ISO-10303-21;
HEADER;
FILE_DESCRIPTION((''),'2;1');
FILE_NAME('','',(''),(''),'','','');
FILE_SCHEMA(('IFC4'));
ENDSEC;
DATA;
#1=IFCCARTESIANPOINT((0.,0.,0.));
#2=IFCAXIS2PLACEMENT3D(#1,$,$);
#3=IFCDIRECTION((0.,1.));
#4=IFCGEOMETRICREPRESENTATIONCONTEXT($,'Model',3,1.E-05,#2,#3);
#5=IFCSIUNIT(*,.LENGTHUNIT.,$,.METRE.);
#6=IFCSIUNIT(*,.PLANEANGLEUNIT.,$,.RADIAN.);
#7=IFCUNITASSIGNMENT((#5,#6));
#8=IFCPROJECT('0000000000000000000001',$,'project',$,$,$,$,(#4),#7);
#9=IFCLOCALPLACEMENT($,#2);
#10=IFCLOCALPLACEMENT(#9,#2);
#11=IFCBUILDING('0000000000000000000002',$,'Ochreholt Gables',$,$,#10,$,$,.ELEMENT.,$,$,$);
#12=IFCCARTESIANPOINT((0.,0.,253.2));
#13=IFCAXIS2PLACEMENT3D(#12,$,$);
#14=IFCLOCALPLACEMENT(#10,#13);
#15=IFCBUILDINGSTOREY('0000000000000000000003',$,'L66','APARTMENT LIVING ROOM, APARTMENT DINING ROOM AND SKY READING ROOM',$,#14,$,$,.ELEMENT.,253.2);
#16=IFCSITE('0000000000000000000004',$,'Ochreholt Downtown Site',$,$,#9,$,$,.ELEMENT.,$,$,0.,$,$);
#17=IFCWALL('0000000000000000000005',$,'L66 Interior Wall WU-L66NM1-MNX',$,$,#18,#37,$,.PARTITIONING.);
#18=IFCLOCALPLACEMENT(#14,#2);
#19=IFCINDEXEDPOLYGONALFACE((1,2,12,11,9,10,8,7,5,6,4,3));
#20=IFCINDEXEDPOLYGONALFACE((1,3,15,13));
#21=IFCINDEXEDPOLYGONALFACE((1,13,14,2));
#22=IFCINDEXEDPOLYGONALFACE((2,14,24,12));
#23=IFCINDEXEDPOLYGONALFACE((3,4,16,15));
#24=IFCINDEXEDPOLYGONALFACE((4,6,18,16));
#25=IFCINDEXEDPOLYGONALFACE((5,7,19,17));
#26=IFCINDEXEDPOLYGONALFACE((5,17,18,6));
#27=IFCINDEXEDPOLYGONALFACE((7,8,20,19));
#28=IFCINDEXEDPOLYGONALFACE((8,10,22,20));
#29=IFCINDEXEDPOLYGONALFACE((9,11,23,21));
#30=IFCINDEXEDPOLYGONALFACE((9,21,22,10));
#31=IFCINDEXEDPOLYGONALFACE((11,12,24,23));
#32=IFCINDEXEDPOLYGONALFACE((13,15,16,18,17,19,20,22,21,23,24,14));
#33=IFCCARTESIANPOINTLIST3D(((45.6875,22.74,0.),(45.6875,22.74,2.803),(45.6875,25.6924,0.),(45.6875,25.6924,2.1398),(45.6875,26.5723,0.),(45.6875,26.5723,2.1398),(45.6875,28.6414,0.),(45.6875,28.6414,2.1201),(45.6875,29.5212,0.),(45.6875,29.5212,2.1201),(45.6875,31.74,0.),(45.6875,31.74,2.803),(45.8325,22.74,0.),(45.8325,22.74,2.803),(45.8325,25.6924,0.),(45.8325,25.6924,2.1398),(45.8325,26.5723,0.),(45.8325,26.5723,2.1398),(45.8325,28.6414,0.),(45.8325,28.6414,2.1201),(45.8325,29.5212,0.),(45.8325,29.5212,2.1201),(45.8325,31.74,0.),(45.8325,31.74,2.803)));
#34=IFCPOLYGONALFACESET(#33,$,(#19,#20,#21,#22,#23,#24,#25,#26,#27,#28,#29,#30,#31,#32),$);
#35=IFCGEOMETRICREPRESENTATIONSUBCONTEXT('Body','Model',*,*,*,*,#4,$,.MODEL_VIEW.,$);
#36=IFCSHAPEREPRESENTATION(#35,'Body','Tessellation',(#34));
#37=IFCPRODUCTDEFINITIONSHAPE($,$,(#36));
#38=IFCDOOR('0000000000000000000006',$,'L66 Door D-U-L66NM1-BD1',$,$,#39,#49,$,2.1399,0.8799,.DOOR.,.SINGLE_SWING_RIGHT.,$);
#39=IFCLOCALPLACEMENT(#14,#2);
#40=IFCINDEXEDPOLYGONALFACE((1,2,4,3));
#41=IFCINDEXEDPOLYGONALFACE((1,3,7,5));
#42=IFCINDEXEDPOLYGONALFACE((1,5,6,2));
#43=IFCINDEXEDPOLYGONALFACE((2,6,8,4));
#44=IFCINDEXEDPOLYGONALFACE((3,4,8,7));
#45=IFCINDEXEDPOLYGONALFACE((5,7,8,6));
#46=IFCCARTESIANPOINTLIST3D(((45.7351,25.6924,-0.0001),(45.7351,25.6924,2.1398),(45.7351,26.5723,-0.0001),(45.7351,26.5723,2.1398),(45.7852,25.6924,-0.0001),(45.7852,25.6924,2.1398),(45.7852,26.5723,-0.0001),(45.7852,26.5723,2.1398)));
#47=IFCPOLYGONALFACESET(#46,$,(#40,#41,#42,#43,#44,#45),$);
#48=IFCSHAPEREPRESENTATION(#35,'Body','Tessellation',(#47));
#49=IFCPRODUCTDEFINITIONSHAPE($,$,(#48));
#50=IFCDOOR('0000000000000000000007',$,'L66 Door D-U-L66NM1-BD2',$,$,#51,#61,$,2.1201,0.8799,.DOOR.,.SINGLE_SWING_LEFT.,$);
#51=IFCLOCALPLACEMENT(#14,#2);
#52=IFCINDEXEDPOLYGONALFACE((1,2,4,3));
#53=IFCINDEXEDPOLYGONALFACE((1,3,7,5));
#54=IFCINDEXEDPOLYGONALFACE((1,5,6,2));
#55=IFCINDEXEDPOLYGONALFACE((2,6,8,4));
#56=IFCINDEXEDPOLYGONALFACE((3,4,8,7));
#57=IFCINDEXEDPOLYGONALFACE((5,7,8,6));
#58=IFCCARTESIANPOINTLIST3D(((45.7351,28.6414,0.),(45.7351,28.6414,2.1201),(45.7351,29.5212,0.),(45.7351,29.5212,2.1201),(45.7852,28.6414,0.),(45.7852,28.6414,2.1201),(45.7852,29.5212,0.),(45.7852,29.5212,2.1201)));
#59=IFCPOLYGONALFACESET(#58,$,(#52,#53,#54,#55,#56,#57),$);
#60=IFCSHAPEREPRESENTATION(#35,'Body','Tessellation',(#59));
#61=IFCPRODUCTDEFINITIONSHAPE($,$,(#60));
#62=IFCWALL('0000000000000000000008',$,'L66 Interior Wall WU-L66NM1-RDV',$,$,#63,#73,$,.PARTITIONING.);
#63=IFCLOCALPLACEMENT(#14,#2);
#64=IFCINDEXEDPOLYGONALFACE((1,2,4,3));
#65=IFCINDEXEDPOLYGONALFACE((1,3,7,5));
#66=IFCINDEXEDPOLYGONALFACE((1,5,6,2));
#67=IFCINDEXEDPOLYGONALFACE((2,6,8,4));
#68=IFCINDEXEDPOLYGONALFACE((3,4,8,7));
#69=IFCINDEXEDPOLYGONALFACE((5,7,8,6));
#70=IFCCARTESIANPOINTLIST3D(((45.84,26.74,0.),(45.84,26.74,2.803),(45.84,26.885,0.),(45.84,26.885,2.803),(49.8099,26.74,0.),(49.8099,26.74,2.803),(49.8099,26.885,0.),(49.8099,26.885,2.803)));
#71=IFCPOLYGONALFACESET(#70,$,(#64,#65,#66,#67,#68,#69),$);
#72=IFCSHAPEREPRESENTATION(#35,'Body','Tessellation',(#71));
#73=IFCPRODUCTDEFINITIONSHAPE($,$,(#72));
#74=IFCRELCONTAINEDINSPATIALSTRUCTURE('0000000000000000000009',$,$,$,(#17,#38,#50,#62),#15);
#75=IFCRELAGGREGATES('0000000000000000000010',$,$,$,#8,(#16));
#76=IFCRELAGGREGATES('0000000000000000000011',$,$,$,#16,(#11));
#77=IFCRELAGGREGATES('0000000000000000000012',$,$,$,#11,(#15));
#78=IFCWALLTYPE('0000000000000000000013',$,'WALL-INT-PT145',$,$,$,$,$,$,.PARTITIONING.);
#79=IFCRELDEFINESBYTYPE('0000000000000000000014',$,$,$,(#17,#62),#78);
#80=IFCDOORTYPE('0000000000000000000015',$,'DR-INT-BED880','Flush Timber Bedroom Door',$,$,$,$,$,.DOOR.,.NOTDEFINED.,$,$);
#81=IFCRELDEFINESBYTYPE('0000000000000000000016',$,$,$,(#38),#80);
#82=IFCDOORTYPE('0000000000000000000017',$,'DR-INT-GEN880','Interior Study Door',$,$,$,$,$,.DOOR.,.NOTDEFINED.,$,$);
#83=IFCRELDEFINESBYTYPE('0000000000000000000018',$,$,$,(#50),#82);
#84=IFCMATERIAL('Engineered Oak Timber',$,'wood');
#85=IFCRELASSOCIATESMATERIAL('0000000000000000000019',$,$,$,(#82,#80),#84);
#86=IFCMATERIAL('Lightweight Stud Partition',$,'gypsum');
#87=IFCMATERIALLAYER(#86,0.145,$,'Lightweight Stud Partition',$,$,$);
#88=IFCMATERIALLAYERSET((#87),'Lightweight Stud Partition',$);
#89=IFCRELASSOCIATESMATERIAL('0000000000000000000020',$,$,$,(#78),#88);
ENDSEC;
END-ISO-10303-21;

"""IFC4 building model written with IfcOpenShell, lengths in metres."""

from ifc_helpers import new_model, si_unit, direction, frame, frame_2d, origin, place, context, subcontext, project, spatial, rectangle, extrude, material, layer, layer_set, type_object, element, fill, save


model = new_model("IFC4")

# Units and contexts
model_context = context("Model", 3, precision=1e-05, world=origin(), true_north=direction((0.0, 1.0)))
body_context = subcontext(model_context, "Body", "Model", "MODEL_VIEW")
ifc_project = project(units=[si_unit("LENGTHUNIT", "METRE"), si_unit("PLANEANGLEUNIT", "RADIAN")], contexts=[model_context])

# Site, building, storey
site_placement = place(None, origin())
site = spatial("IfcSite", under=ifc_project, at=site_placement, Name="Ochreholt Downtown Site", CompositionType="ELEMENT", RefElevation=0.0)
building_placement = place(site_placement, origin())
building = spatial("IfcBuilding", under=site, at=building_placement, Name="Ochreholt Gables", CompositionType="ELEMENT")
storey_placement = place(building_placement, frame((0.0, 0.0, 253.2)))
storey = spatial("IfcBuildingStorey", under=building, at=storey_placement, Name="L66", Description="APARTMENT LIVING ROOM, APARTMENT DINING ROOM AND SKY READING ROOM", CompositionType="ELEMENT", Elevation=253.2)

# Shared definitions
ifc_material_1 = material(Name="Engineered Oak Timber", Category="wood")

# Shared definitions
door_type_1 = type_object("IfcDoorType", Name="DR-INT-GEN880", Description="Interior Study Door", OperationType="NOTDEFINED", PredefinedType="DOOR", material=ifc_material_1)

# Shared definitions
ifc_material_2 = material(Name="Lightweight Stud Partition", Category="gypsum")
ifc_layer_1 = layer(ifc_material_2, 0.145, Name="Lightweight Stud Partition")
ifc_layer_set_1 = layer_set([ifc_layer_1], Name="Lightweight Stud Partition")
wall_type_1 = type_object("IfcWallType", Name="WALL-INT-PT145", PredefinedType="PARTITIONING", material=ifc_layer_set_1)

# Wall, openings, doors
wall_1_placement = place(storey_placement, frame((45.76, 22.74, 0.0), z_axis=(0.0, 0.0, 1.0), x_axis=(0.0, 1.0, 0.0)))
wall_1 = element("IfcWall", 1, at=wall_1_placement, inside=storey, type_object=wall_type_1, Name="L66 Interior Wall WU-L66NM1-MNX", PredefinedType="PARTITIONING", context=body_context, shape_type="SweptSolid", body=[
    extrude(rectangle(XDim=9.0, YDim=0.145, at=frame_2d((4.5, 0.0))), origin(), (0.0, 0.0, 1.0), 2.803),
])
opening_1_placement = place(wall_1_placement, frame((2.9524, 0.0, 0.0)))
opening_1 = element("IfcOpeningElement", 2, at=opening_1_placement, cuts=wall_1, PredefinedType="OPENING", context=body_context, shape_type="SweptSolid", body=[
    extrude(rectangle(XDim=0.8799, YDim=2.1399, at=frame_2d((0.4399, 1.0698))), frame((0.0, 0.0825, 0.0), z_axis=(0.0, -1.0, 0.0), x_axis=(1.0, 0.0, 0.0)), (0.0, 0.0, 1.0), 0.165),
])
opening_2_placement = place(wall_1_placement, frame((5.9014, 0.0, 0.0)))
opening_2 = element("IfcOpeningElement", 3, at=opening_2_placement, cuts=wall_1, PredefinedType="OPENING", context=body_context, shape_type="SweptSolid", body=[
    extrude(rectangle(XDim=0.8799, YDim=2.1201, at=frame_2d((0.4399, 1.0601))), frame((0.0, 0.0825, 0.0), z_axis=(0.0, -1.0, 0.0), x_axis=(1.0, 0.0, 0.0)), (0.0, 0.0, 1.0), 0.165),
])
door_type_2 = type_object("IfcDoorType", Name="DR-INT-BED880", Description="Flush Timber Bedroom Door", OperationType="NOTDEFINED", PredefinedType="DOOR", material=ifc_material_1)
door_1_placement = place(opening_1_placement, origin())
door_1 = element("IfcDoor", 4, at=door_1_placement, inside=storey, type_object=door_type_2, Name="L66 Door D-U-L66NM1-BD1", OperationType="SINGLE_SWING_RIGHT", OverallHeight=2.1399, OverallWidth=0.8799, PredefinedType="DOOR", context=body_context, shape_type="SweptSolid", body=[
    extrude(rectangle(XDim=0.8799, YDim=2.1399, at=frame_2d((0.4399, 1.0698))), frame((0.0, 0.0249, 0.0), z_axis=(0.0, -1.0, 0.0), x_axis=(1.0, 0.0, 0.0)), (0.0, 0.0, 1.0), 0.05),
])
fill(opening_1, door_1)
door_2_placement = place(opening_2_placement, origin())
door_2 = element("IfcDoor", 5, at=door_2_placement, inside=storey, type_object=door_type_1, Name="L66 Door D-U-L66NM1-BD2", OperationType="SINGLE_SWING_LEFT", OverallHeight=2.1201, OverallWidth=0.8799, PredefinedType="DOOR", context=body_context, shape_type="SweptSolid", body=[
    extrude(rectangle(XDim=0.8799, YDim=2.1201, at=frame_2d((0.4399, 1.0601))), frame((0.0, 0.0249, 0.0), z_axis=(0.0, -1.0, 0.0), x_axis=(1.0, 0.0, 0.0)), (0.0, 0.0, 1.0), 0.05),
])
fill(opening_2, door_2)

# Wall
wall_2_placement = place(storey_placement, frame((45.8401, 26.8125, 0.0), z_axis=(0.0, 0.0, 1.0), x_axis=(1.0, 0.0, 0.0)))
element("IfcWall", 6, at=wall_2_placement, inside=storey, type_object=wall_type_1, Name="L66 Interior Wall WU-L66NM1-RDV", PredefinedType="PARTITIONING", context=body_context, shape_type="SweptSolid", body=[
    extrude(rectangle(XDim=3.97, YDim=0.145, at=frame_2d((1.9849, 0.0))), origin(), (0.0, 0.0, 1.0), 2.803),
])

save(model, "model.ifc")
